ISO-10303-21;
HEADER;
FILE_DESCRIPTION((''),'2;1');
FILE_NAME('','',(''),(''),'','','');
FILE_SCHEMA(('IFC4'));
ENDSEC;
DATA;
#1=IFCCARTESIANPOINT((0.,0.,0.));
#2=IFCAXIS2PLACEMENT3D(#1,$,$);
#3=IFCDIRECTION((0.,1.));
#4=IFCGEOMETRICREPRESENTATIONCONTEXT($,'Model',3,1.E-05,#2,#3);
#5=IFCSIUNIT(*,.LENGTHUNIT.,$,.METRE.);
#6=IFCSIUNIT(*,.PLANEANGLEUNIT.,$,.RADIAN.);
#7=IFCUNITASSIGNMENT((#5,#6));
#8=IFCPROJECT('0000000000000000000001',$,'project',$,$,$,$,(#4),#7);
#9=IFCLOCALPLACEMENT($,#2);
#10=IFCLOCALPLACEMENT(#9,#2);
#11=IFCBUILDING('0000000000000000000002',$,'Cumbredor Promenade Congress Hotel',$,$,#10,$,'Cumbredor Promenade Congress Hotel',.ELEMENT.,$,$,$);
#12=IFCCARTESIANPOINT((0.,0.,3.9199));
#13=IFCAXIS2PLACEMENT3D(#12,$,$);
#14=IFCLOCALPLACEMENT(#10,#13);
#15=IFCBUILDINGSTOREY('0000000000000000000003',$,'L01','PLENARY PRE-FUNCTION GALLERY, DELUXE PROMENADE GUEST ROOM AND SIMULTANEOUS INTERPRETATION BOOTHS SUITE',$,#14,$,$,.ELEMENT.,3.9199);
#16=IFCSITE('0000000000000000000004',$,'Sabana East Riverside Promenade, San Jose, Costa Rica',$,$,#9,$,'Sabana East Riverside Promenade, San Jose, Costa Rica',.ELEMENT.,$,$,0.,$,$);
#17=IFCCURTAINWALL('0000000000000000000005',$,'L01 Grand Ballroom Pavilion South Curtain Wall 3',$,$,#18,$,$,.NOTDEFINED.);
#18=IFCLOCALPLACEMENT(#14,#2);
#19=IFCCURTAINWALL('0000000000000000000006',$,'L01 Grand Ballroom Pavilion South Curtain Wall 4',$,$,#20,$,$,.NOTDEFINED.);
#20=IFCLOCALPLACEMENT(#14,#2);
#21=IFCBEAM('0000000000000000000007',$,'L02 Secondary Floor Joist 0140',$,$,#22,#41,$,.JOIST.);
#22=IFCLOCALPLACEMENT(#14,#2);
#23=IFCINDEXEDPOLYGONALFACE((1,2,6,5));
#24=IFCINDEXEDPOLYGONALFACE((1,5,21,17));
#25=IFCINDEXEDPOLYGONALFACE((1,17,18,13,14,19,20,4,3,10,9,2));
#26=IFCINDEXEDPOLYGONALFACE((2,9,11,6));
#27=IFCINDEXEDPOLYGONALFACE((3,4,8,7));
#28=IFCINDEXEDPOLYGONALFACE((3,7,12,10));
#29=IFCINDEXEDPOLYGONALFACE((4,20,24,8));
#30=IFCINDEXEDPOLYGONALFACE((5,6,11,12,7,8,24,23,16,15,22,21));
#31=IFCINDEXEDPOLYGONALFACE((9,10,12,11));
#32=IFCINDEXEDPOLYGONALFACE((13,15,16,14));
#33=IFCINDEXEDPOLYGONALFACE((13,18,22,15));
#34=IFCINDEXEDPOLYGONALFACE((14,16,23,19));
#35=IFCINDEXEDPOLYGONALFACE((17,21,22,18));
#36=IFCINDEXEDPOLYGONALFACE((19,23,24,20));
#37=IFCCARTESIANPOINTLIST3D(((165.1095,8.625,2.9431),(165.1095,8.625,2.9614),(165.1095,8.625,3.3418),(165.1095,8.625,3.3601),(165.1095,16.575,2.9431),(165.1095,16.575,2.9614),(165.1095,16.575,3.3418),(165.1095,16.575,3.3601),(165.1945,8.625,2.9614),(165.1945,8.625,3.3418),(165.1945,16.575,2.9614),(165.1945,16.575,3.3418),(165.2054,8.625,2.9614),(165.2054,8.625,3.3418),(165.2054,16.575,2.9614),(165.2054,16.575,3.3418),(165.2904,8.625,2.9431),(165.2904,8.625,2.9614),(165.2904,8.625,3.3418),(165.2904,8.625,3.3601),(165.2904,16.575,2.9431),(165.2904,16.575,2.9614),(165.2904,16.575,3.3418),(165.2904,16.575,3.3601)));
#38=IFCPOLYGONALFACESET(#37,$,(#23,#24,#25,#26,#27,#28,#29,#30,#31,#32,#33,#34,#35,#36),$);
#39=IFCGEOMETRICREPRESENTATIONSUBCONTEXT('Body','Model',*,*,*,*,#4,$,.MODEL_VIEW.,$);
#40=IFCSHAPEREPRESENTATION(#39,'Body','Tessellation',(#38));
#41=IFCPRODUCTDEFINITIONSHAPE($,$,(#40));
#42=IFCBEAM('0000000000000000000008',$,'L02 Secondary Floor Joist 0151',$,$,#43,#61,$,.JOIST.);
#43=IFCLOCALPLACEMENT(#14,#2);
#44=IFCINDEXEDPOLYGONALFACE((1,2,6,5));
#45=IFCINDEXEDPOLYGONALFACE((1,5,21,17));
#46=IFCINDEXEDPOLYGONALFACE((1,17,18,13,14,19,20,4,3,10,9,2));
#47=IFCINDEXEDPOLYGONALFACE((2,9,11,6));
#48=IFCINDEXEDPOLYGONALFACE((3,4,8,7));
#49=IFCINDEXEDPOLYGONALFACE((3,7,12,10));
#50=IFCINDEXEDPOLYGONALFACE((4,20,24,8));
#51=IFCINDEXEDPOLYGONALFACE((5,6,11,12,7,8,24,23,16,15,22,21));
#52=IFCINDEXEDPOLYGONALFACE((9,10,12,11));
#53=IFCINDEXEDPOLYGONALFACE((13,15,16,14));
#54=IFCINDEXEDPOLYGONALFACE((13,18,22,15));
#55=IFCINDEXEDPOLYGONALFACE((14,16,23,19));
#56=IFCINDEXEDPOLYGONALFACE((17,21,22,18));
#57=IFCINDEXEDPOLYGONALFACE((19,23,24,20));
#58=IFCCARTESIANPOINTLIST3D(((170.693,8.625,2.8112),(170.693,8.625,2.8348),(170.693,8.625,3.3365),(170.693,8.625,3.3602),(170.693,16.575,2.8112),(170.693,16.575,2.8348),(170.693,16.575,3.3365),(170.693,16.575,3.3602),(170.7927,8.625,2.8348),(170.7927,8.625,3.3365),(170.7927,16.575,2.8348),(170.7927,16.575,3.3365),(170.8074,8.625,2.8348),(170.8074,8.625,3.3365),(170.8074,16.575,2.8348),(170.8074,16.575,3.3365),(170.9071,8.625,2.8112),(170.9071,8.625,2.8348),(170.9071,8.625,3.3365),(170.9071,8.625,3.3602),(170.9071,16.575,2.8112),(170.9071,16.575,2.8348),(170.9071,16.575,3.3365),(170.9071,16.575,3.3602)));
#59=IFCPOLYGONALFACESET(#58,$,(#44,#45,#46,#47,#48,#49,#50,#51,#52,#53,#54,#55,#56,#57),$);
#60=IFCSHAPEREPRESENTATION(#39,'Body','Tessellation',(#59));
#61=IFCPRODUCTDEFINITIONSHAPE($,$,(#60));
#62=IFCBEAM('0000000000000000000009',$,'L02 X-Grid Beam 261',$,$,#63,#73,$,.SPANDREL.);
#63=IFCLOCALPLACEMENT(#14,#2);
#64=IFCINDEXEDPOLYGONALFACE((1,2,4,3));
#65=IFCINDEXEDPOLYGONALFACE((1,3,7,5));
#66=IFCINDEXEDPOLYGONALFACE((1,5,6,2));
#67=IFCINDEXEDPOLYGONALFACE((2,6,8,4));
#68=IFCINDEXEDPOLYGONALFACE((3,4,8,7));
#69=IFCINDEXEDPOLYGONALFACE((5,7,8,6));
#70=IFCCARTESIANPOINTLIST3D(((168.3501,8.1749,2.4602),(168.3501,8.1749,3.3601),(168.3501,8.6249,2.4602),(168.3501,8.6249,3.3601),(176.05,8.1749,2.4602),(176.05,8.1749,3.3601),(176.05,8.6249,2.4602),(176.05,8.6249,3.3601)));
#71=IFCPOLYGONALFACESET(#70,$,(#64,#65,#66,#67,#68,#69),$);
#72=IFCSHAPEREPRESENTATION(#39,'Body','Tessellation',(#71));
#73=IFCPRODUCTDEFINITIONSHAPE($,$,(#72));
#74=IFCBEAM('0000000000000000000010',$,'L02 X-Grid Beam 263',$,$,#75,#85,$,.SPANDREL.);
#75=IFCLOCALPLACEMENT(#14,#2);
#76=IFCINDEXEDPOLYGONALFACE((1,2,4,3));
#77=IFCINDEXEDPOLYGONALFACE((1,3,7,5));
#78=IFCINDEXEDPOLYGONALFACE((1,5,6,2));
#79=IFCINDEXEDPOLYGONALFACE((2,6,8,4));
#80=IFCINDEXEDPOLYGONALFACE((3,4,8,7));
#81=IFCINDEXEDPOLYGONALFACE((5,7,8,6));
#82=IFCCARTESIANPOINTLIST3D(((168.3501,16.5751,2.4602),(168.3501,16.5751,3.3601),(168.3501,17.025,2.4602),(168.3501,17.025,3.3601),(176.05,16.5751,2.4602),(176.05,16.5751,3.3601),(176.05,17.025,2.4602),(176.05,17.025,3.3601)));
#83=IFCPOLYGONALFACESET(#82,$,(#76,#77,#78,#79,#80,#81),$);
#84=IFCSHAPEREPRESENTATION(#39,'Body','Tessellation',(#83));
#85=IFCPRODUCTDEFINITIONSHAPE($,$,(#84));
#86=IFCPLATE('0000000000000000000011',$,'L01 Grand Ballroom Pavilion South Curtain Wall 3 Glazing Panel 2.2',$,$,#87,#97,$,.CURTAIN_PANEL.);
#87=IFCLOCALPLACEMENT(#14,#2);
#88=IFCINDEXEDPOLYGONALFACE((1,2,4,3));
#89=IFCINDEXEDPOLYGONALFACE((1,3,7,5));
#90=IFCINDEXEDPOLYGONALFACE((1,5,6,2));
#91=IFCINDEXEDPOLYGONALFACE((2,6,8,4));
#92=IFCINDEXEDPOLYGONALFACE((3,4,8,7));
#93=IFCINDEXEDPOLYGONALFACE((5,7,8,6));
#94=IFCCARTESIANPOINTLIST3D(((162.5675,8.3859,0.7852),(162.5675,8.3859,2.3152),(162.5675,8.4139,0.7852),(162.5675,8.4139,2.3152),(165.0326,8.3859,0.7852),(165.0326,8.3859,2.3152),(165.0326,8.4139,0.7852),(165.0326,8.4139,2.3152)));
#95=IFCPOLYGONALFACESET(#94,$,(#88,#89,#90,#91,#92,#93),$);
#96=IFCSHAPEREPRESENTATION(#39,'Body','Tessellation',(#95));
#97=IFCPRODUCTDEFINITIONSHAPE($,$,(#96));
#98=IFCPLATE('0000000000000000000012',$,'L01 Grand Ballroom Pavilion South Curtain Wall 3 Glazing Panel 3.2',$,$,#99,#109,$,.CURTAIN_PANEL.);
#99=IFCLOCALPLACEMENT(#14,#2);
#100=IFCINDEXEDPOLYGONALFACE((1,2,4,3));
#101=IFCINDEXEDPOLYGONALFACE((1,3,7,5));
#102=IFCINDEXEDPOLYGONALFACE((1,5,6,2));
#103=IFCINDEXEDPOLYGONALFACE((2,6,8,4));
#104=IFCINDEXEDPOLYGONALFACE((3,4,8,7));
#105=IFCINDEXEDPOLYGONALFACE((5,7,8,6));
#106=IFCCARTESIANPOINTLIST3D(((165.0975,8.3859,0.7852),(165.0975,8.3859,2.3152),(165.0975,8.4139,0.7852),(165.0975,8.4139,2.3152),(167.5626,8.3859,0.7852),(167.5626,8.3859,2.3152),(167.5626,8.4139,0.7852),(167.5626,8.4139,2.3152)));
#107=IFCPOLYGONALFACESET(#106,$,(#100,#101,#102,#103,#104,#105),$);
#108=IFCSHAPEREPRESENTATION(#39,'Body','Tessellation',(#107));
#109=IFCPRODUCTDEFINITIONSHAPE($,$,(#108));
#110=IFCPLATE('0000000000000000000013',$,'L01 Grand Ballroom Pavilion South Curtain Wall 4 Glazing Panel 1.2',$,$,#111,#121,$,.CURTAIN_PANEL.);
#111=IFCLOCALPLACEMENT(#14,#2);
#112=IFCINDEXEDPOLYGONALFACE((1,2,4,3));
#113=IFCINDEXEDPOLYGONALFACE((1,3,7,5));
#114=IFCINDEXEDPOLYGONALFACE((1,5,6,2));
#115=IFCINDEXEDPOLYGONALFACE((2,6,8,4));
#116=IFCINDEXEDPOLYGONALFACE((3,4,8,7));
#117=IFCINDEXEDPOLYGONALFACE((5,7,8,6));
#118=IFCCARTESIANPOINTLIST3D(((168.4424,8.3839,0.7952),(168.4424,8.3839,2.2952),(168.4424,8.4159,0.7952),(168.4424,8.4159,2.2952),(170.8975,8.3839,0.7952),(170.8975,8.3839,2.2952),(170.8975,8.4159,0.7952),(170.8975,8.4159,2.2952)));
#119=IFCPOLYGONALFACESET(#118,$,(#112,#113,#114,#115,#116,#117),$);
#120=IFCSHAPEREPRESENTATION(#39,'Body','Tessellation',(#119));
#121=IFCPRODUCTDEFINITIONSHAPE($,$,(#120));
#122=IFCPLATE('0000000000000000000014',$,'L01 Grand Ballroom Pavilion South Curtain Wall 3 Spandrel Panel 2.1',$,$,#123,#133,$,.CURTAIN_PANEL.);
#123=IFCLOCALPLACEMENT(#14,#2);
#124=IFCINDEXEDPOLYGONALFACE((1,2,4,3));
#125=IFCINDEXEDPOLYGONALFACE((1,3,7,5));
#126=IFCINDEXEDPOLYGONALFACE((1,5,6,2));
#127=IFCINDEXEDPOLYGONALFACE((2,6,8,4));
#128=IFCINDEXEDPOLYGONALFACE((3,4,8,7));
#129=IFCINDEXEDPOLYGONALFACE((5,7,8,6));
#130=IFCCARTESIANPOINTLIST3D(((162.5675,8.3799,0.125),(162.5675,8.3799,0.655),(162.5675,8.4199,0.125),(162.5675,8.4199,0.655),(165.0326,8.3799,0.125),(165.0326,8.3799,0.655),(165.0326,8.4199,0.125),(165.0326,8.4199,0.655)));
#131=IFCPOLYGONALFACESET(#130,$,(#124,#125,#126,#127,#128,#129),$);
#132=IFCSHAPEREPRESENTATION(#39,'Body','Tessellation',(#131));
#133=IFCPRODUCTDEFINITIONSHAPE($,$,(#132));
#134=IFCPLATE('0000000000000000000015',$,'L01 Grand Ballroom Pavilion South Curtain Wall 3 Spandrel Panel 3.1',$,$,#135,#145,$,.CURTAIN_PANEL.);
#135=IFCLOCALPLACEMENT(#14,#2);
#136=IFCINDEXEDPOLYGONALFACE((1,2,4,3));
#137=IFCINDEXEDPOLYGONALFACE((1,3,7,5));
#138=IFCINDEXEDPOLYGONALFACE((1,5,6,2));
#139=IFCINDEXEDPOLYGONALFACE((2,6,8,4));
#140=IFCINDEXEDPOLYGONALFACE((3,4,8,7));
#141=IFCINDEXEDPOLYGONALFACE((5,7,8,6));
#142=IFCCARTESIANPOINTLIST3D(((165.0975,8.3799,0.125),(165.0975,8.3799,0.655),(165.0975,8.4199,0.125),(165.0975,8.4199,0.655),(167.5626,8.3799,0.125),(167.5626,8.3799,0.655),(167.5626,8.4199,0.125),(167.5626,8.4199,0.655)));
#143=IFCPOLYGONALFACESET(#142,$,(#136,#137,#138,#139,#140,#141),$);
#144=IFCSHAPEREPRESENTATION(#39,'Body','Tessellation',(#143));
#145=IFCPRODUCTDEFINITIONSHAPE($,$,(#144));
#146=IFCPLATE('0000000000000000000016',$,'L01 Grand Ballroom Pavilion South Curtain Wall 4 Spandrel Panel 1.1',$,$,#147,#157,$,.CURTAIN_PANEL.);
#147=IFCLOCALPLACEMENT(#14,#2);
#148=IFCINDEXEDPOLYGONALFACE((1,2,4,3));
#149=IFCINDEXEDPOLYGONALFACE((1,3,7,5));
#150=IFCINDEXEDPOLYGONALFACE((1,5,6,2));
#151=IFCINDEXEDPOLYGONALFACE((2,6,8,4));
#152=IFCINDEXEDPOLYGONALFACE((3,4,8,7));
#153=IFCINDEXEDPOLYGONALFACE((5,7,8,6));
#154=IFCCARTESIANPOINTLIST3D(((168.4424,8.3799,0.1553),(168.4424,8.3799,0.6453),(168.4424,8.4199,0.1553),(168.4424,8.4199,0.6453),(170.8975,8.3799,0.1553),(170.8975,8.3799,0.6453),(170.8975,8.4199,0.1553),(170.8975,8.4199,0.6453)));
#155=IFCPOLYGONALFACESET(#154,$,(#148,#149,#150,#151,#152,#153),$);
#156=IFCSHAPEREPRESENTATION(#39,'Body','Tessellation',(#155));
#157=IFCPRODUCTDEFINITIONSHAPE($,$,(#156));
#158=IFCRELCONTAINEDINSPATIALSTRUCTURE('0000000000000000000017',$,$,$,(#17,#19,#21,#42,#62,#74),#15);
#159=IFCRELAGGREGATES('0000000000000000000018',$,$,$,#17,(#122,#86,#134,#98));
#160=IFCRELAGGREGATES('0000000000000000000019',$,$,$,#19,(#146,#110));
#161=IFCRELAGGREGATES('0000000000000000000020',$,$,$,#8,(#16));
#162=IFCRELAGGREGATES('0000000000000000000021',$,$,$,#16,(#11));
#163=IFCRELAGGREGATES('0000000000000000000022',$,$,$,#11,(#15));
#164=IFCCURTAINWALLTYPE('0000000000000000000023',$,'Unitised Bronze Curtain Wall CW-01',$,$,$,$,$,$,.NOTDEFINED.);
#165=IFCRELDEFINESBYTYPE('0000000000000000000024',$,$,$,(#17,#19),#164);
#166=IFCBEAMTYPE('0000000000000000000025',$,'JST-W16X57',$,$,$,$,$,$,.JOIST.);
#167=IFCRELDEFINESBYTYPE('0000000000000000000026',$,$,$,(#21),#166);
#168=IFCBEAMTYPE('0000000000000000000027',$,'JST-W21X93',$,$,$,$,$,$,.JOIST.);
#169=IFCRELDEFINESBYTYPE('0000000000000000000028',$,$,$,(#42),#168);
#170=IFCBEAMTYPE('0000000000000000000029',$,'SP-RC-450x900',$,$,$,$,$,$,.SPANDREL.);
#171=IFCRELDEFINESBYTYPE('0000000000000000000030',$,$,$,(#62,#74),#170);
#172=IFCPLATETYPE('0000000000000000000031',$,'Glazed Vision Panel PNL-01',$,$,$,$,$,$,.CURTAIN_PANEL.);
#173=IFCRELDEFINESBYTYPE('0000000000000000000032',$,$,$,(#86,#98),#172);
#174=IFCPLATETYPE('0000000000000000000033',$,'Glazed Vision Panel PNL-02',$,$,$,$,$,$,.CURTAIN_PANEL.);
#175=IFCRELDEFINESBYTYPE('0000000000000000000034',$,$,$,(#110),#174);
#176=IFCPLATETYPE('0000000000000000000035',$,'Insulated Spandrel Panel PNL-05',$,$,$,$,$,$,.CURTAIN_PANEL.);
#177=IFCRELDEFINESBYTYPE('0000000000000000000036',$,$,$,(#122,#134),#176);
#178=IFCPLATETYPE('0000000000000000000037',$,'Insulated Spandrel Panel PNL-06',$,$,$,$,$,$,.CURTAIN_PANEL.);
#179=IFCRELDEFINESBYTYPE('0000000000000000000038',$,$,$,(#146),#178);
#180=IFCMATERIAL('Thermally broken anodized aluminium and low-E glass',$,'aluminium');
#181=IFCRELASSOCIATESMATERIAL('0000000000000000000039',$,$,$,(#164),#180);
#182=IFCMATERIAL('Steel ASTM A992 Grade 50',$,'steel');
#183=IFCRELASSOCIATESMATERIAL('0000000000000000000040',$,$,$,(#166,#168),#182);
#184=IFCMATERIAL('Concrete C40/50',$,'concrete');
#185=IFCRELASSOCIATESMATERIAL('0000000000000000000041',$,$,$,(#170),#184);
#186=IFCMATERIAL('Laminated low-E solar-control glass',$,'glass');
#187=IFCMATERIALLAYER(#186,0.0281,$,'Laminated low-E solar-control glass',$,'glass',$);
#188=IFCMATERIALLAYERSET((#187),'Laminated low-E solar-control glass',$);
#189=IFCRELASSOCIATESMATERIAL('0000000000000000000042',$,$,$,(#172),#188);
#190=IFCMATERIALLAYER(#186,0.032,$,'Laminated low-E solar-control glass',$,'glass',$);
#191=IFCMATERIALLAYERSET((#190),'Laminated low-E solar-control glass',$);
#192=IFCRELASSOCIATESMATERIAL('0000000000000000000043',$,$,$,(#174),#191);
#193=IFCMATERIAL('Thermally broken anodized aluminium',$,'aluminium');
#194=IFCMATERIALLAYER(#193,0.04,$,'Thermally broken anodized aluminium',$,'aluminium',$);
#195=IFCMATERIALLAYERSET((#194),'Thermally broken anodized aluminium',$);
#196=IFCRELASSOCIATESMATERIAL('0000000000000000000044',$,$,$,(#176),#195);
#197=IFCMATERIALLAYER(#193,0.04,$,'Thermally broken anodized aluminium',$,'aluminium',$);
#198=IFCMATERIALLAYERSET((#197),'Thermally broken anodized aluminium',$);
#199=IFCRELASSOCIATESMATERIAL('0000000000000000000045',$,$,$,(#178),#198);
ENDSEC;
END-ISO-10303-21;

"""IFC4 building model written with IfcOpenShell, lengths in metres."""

from ifc_helpers import new_model, si_unit, direction, frame, origin, origin_2d, place, context, subcontext, project, spatial, rectangle, i_section, extrude, material, layer, layer_set, material_profile, profile_set, type_object, element, aggregate, save


model = new_model("IFC4")

# Units and contexts
model_context = context("Model", 3, precision=1e-05, world=origin(), true_north=direction((0.0, 1.0)))
body_context = subcontext(model_context, "Body", "Model", "MODEL_VIEW")
ifc_project = project(units=[si_unit("LENGTHUNIT", "METRE"), si_unit("PLANEANGLEUNIT", "RADIAN")], contexts=[model_context])

# Site, building, storey
site_placement = place(None, origin())
site = spatial("IfcSite", under=ifc_project, at=site_placement, Name="Sabana East Riverside Promenade, San Jose, Costa Rica", LongName="Sabana East Riverside Promenade, San Jose, Costa Rica", CompositionType="ELEMENT", RefElevation=0.0)
building_placement = place(site_placement, origin())
building = spatial("IfcBuilding", under=site, at=building_placement, Name="Cumbredor Promenade Congress Hotel", LongName="Cumbredor Promenade Congress Hotel", CompositionType="ELEMENT")
storey_placement = place(building_placement, frame((0.0, 0.0, 3.9199)))
storey = spatial("IfcBuildingStorey", under=building, at=storey_placement, Name="L01", Description="PLENARY PRE-FUNCTION GALLERY, DELUXE PROMENADE GUEST ROOM AND SIMULTANEOUS INTERPRETATION BOOTHS SUITE", CompositionType="ELEMENT", Elevation=3.9199)

# Shared definitions
ifc_material_1 = material(Name="Concrete C40/50", Category="concrete")

# Curtain walls
ifc_material_2 = material(Name="Thermally broken anodized aluminium and low-E glass", Category="aluminium")
curtain_wall_type = type_object("IfcCurtainWallType", Name="Unitised Bronze Curtain Wall CW-01", PredefinedType="NOTDEFINED", material=ifc_material_2)
curtain_wall_1_placement = place(storey_placement, origin())
curtain_wall_1 = element("IfcCurtainWall", 1, at=curtain_wall_1_placement, inside=storey, type_object=curtain_wall_type, Name="L01 Grand Ballroom Pavilion South Curtain Wall 3", PredefinedType="NOTDEFINED")
ifc_material_3 = material(Name="Thermally broken anodized aluminium", Category="aluminium")
curtain_wall_2_placement = place(storey_placement, origin())
curtain_wall_2 = element("IfcCurtainWall", 2, at=curtain_wall_2_placement, inside=storey, type_object=curtain_wall_type, Name="L01 Grand Ballroom Pavilion South Curtain Wall 4", PredefinedType="NOTDEFINED")

# Beams
ifc_material_4 = material(Name="Steel ASTM A992 Grade 50", Category="steel")
ifc_material_profile_1 = material_profile(ifc_material_4, i_section(OverallWidth=0.1809, OverallDepth=0.417, WebThickness=0.011, FlangeThickness=0.0183, at=origin_2d()), Name="W16X57")
ifc_profile_set_1 = profile_set([ifc_material_profile_1], Name="Steel ASTM A992 Grade 50")
beam_type_1 = type_object("IfcBeamType", Name="JST-W16X57", PredefinedType="JOIST", material=ifc_profile_set_1)
beam_1_placement = place(storey_placement, frame((165.2, 8.625, 3.1516), z_axis=(0.0, 1.0, 0.0), x_axis=(-1.0, 0.0, 0.0)))
element("IfcBeam", 3, at=beam_1_placement, inside=storey, type_object=beam_type_1, Name="L02 Secondary Floor Joist 0140", PredefinedType="JOIST", context=body_context, shape_type="SweptSolid", body=[
    extrude(i_section(OverallWidth=0.1809, OverallDepth=0.417, WebThickness=0.011, FlangeThickness=0.0183, at=origin_2d()), origin(), (0.0, 0.0, 1.0), 7.95),
])
ifc_material_profile_2 = material_profile(ifc_material_4, i_section(OverallWidth=0.2141, OverallDepth=0.5491, WebThickness=0.0146, FlangeThickness=0.0237, at=origin_2d()), Name="W21X93")
ifc_profile_set_2 = profile_set([ifc_material_profile_2], Name="Steel ASTM A992 Grade 50")
beam_type_2 = type_object("IfcBeamType", Name="JST-W21X93", PredefinedType="JOIST", material=ifc_profile_set_2)
beam_2_placement = place(storey_placement, frame((170.8, 8.625, 3.0857), z_axis=(0.0, 1.0, 0.0), x_axis=(-1.0, 0.0, 0.0)))
element("IfcBeam", 4, at=beam_2_placement, inside=storey, type_object=beam_type_2, Name="L02 Secondary Floor Joist 0151", PredefinedType="JOIST", context=body_context, shape_type="SweptSolid", body=[
    extrude(i_section(OverallWidth=0.2141, OverallDepth=0.5491, WebThickness=0.0146, FlangeThickness=0.0237, at=origin_2d()), origin(), (0.0, 0.0, 1.0), 7.95),
])
ifc_material_profile_3 = material_profile(ifc_material_1, rectangle(XDim=0.45, YDim=0.8999, at=origin_2d()), Name="RC SPANDREL 450x900")
ifc_profile_set_3 = profile_set([ifc_material_profile_3], Name="Concrete C40/50")
beam_type_3 = type_object("IfcBeamType", Name="SP-RC-450x900", PredefinedType="SPANDREL", material=ifc_profile_set_3)
for number, where, z_axis, x_axis, name in (
    (5, (168.3501, 8.3999, 2.9102), (1.0, 0.0, 0.0), (0.0, 1.0, 0.0), "L02 X-Grid Beam 261"),
    (6, (168.3501, 16.8, 2.9102), (1.0, 0.0, 0.0), (0.0, 1.0, 0.0), "L02 X-Grid Beam 263"),
):
    element("IfcBeam", number, at=place(storey_placement, frame(where, z_axis=z_axis, x_axis=x_axis)), inside=storey, type_object=beam_type_3, Name=name, PredefinedType="SPANDREL", context=body_context, shape_type="SweptSolid", body=[
        extrude(rectangle(XDim=0.45, YDim=0.8999, at=origin_2d()), origin(), (0.0, 0.0, 1.0), 7.7),
    ])

# Plates
ifc_material_5 = material(Name="Laminated low-E solar-control glass", Category="glass")
ifc_layer_1 = layer(ifc_material_5, 0.0281, Name="Laminated low-E solar-control glass", Category="glass")
ifc_layer_set_1 = layer_set([ifc_layer_1], Name="Laminated low-E solar-control glass")
plate_type_1 = type_object("IfcPlateType", Name="Glazed Vision Panel PNL-01", PredefinedType="CURTAIN_PANEL", material=ifc_layer_set_1)
plate_1_placement = place(storey_placement, frame((163.8, 8.3999, 0.7852), z_axis=(0.0, 0.0, 1.0), x_axis=(1.0, 0.0, 0.0)))
plate_1 = element("IfcPlate", 7, at=plate_1_placement, type_object=plate_type_1, Name="L01 Grand Ballroom Pavilion South Curtain Wall 3 Glazing Panel 2.2", PredefinedType="CURTAIN_PANEL", context=body_context, shape_type="SweptSolid", body=[
    extrude(rectangle(XDim=2.4651, YDim=0.0281, at=origin_2d()), origin(), (0.0, 0.0, 1.0), 1.53),
])
plate_2_placement = place(storey_placement, frame((166.3301, 8.3999, 0.7852), z_axis=(0.0, 0.0, 1.0), x_axis=(1.0, 0.0, 0.0)))
plate_2 = element("IfcPlate", 8, at=plate_2_placement, type_object=plate_type_1, Name="L01 Grand Ballroom Pavilion South Curtain Wall 3 Glazing Panel 3.2", PredefinedType="CURTAIN_PANEL", context=body_context, shape_type="SweptSolid", body=[
    extrude(rectangle(XDim=2.4651, YDim=0.0281, at=origin_2d()), origin(), (0.0, 0.0, 1.0), 1.53),
])
ifc_layer_2 = layer(ifc_material_5, 0.032, Name="Laminated low-E solar-control glass", Category="glass")
ifc_layer_set_2 = layer_set([ifc_layer_2], Name="Laminated low-E solar-control glass")
plate_type_2 = type_object("IfcPlateType", Name="Glazed Vision Panel PNL-02", PredefinedType="CURTAIN_PANEL", material=ifc_layer_set_2)
plate_3_placement = place(storey_placement, frame((169.6699, 8.3999, 0.7952), z_axis=(0.0, 0.0, 1.0), x_axis=(1.0, 0.0, 0.0)))
plate_3 = element("IfcPlate", 9, at=plate_3_placement, type_object=plate_type_2, Name="L01 Grand Ballroom Pavilion South Curtain Wall 4 Glazing Panel 1.2", PredefinedType="CURTAIN_PANEL", context=body_context, shape_type="SweptSolid", body=[
    extrude(rectangle(XDim=2.4551, YDim=0.032, at=origin_2d()), origin(), (0.0, 0.0, 1.0), 1.5),
])
ifc_layer_3 = layer(ifc_material_3, 0.04, Name="Thermally broken anodized aluminium", Category="aluminium")
ifc_layer_set_3 = layer_set([ifc_layer_3], Name="Thermally broken anodized aluminium")
plate_type_3 = type_object("IfcPlateType", Name="Insulated Spandrel Panel PNL-05", PredefinedType="CURTAIN_PANEL", material=ifc_layer_set_3)
plate_4_placement = place(storey_placement, frame((163.8, 8.3999, 0.125), z_axis=(0.0, 0.0, 1.0), x_axis=(1.0, 0.0, 0.0)))
plate_4 = element("IfcPlate", 10, at=plate_4_placement, type_object=plate_type_3, Name="L01 Grand Ballroom Pavilion South Curtain Wall 3 Spandrel Panel 2.1", PredefinedType="CURTAIN_PANEL", context=body_context, shape_type="SweptSolid", body=[
    extrude(rectangle(XDim=2.4651, YDim=0.04, at=origin_2d()), origin(), (0.0, 0.0, 1.0), 0.53),
])
plate_5_placement = place(storey_placement, frame((166.3301, 8.3999, 0.125), z_axis=(0.0, 0.0, 1.0), x_axis=(1.0, 0.0, 0.0)))
plate_5 = element("IfcPlate", 11, at=plate_5_placement, type_object=plate_type_3, Name="L01 Grand Ballroom Pavilion South Curtain Wall 3 Spandrel Panel 3.1", PredefinedType="CURTAIN_PANEL", context=body_context, shape_type="SweptSolid", body=[
    extrude(rectangle(XDim=2.4651, YDim=0.04, at=origin_2d()), origin(), (0.0, 0.0, 1.0), 0.53),
])
aggregate(curtain_wall_1, [plate_4, plate_1, plate_5, plate_2])
ifc_layer_4 = layer(ifc_material_3, 0.04, Name="Thermally broken anodized aluminium", Category="aluminium")
ifc_layer_set_4 = layer_set([ifc_layer_4], Name="Thermally broken anodized aluminium")
plate_type_4 = type_object("IfcPlateType", Name="Insulated Spandrel Panel PNL-06", PredefinedType="CURTAIN_PANEL", material=ifc_layer_set_4)
plate_6_placement = place(storey_placement, frame((169.6699, 8.3999, 0.1553), z_axis=(0.0, 0.0, 1.0), x_axis=(1.0, 0.0, 0.0)))
plate_6 = element("IfcPlate", 12, at=plate_6_placement, type_object=plate_type_4, Name="L01 Grand Ballroom Pavilion South Curtain Wall 4 Spandrel Panel 1.1", PredefinedType="CURTAIN_PANEL", context=body_context, shape_type="SweptSolid", body=[
    extrude(rectangle(XDim=2.4551, YDim=0.04, at=origin_2d()), origin(), (0.0, 0.0, 1.0), 0.49),
])
aggregate(curtain_wall_2, [plate_6, plate_3])

save(model, "model.ifc")
